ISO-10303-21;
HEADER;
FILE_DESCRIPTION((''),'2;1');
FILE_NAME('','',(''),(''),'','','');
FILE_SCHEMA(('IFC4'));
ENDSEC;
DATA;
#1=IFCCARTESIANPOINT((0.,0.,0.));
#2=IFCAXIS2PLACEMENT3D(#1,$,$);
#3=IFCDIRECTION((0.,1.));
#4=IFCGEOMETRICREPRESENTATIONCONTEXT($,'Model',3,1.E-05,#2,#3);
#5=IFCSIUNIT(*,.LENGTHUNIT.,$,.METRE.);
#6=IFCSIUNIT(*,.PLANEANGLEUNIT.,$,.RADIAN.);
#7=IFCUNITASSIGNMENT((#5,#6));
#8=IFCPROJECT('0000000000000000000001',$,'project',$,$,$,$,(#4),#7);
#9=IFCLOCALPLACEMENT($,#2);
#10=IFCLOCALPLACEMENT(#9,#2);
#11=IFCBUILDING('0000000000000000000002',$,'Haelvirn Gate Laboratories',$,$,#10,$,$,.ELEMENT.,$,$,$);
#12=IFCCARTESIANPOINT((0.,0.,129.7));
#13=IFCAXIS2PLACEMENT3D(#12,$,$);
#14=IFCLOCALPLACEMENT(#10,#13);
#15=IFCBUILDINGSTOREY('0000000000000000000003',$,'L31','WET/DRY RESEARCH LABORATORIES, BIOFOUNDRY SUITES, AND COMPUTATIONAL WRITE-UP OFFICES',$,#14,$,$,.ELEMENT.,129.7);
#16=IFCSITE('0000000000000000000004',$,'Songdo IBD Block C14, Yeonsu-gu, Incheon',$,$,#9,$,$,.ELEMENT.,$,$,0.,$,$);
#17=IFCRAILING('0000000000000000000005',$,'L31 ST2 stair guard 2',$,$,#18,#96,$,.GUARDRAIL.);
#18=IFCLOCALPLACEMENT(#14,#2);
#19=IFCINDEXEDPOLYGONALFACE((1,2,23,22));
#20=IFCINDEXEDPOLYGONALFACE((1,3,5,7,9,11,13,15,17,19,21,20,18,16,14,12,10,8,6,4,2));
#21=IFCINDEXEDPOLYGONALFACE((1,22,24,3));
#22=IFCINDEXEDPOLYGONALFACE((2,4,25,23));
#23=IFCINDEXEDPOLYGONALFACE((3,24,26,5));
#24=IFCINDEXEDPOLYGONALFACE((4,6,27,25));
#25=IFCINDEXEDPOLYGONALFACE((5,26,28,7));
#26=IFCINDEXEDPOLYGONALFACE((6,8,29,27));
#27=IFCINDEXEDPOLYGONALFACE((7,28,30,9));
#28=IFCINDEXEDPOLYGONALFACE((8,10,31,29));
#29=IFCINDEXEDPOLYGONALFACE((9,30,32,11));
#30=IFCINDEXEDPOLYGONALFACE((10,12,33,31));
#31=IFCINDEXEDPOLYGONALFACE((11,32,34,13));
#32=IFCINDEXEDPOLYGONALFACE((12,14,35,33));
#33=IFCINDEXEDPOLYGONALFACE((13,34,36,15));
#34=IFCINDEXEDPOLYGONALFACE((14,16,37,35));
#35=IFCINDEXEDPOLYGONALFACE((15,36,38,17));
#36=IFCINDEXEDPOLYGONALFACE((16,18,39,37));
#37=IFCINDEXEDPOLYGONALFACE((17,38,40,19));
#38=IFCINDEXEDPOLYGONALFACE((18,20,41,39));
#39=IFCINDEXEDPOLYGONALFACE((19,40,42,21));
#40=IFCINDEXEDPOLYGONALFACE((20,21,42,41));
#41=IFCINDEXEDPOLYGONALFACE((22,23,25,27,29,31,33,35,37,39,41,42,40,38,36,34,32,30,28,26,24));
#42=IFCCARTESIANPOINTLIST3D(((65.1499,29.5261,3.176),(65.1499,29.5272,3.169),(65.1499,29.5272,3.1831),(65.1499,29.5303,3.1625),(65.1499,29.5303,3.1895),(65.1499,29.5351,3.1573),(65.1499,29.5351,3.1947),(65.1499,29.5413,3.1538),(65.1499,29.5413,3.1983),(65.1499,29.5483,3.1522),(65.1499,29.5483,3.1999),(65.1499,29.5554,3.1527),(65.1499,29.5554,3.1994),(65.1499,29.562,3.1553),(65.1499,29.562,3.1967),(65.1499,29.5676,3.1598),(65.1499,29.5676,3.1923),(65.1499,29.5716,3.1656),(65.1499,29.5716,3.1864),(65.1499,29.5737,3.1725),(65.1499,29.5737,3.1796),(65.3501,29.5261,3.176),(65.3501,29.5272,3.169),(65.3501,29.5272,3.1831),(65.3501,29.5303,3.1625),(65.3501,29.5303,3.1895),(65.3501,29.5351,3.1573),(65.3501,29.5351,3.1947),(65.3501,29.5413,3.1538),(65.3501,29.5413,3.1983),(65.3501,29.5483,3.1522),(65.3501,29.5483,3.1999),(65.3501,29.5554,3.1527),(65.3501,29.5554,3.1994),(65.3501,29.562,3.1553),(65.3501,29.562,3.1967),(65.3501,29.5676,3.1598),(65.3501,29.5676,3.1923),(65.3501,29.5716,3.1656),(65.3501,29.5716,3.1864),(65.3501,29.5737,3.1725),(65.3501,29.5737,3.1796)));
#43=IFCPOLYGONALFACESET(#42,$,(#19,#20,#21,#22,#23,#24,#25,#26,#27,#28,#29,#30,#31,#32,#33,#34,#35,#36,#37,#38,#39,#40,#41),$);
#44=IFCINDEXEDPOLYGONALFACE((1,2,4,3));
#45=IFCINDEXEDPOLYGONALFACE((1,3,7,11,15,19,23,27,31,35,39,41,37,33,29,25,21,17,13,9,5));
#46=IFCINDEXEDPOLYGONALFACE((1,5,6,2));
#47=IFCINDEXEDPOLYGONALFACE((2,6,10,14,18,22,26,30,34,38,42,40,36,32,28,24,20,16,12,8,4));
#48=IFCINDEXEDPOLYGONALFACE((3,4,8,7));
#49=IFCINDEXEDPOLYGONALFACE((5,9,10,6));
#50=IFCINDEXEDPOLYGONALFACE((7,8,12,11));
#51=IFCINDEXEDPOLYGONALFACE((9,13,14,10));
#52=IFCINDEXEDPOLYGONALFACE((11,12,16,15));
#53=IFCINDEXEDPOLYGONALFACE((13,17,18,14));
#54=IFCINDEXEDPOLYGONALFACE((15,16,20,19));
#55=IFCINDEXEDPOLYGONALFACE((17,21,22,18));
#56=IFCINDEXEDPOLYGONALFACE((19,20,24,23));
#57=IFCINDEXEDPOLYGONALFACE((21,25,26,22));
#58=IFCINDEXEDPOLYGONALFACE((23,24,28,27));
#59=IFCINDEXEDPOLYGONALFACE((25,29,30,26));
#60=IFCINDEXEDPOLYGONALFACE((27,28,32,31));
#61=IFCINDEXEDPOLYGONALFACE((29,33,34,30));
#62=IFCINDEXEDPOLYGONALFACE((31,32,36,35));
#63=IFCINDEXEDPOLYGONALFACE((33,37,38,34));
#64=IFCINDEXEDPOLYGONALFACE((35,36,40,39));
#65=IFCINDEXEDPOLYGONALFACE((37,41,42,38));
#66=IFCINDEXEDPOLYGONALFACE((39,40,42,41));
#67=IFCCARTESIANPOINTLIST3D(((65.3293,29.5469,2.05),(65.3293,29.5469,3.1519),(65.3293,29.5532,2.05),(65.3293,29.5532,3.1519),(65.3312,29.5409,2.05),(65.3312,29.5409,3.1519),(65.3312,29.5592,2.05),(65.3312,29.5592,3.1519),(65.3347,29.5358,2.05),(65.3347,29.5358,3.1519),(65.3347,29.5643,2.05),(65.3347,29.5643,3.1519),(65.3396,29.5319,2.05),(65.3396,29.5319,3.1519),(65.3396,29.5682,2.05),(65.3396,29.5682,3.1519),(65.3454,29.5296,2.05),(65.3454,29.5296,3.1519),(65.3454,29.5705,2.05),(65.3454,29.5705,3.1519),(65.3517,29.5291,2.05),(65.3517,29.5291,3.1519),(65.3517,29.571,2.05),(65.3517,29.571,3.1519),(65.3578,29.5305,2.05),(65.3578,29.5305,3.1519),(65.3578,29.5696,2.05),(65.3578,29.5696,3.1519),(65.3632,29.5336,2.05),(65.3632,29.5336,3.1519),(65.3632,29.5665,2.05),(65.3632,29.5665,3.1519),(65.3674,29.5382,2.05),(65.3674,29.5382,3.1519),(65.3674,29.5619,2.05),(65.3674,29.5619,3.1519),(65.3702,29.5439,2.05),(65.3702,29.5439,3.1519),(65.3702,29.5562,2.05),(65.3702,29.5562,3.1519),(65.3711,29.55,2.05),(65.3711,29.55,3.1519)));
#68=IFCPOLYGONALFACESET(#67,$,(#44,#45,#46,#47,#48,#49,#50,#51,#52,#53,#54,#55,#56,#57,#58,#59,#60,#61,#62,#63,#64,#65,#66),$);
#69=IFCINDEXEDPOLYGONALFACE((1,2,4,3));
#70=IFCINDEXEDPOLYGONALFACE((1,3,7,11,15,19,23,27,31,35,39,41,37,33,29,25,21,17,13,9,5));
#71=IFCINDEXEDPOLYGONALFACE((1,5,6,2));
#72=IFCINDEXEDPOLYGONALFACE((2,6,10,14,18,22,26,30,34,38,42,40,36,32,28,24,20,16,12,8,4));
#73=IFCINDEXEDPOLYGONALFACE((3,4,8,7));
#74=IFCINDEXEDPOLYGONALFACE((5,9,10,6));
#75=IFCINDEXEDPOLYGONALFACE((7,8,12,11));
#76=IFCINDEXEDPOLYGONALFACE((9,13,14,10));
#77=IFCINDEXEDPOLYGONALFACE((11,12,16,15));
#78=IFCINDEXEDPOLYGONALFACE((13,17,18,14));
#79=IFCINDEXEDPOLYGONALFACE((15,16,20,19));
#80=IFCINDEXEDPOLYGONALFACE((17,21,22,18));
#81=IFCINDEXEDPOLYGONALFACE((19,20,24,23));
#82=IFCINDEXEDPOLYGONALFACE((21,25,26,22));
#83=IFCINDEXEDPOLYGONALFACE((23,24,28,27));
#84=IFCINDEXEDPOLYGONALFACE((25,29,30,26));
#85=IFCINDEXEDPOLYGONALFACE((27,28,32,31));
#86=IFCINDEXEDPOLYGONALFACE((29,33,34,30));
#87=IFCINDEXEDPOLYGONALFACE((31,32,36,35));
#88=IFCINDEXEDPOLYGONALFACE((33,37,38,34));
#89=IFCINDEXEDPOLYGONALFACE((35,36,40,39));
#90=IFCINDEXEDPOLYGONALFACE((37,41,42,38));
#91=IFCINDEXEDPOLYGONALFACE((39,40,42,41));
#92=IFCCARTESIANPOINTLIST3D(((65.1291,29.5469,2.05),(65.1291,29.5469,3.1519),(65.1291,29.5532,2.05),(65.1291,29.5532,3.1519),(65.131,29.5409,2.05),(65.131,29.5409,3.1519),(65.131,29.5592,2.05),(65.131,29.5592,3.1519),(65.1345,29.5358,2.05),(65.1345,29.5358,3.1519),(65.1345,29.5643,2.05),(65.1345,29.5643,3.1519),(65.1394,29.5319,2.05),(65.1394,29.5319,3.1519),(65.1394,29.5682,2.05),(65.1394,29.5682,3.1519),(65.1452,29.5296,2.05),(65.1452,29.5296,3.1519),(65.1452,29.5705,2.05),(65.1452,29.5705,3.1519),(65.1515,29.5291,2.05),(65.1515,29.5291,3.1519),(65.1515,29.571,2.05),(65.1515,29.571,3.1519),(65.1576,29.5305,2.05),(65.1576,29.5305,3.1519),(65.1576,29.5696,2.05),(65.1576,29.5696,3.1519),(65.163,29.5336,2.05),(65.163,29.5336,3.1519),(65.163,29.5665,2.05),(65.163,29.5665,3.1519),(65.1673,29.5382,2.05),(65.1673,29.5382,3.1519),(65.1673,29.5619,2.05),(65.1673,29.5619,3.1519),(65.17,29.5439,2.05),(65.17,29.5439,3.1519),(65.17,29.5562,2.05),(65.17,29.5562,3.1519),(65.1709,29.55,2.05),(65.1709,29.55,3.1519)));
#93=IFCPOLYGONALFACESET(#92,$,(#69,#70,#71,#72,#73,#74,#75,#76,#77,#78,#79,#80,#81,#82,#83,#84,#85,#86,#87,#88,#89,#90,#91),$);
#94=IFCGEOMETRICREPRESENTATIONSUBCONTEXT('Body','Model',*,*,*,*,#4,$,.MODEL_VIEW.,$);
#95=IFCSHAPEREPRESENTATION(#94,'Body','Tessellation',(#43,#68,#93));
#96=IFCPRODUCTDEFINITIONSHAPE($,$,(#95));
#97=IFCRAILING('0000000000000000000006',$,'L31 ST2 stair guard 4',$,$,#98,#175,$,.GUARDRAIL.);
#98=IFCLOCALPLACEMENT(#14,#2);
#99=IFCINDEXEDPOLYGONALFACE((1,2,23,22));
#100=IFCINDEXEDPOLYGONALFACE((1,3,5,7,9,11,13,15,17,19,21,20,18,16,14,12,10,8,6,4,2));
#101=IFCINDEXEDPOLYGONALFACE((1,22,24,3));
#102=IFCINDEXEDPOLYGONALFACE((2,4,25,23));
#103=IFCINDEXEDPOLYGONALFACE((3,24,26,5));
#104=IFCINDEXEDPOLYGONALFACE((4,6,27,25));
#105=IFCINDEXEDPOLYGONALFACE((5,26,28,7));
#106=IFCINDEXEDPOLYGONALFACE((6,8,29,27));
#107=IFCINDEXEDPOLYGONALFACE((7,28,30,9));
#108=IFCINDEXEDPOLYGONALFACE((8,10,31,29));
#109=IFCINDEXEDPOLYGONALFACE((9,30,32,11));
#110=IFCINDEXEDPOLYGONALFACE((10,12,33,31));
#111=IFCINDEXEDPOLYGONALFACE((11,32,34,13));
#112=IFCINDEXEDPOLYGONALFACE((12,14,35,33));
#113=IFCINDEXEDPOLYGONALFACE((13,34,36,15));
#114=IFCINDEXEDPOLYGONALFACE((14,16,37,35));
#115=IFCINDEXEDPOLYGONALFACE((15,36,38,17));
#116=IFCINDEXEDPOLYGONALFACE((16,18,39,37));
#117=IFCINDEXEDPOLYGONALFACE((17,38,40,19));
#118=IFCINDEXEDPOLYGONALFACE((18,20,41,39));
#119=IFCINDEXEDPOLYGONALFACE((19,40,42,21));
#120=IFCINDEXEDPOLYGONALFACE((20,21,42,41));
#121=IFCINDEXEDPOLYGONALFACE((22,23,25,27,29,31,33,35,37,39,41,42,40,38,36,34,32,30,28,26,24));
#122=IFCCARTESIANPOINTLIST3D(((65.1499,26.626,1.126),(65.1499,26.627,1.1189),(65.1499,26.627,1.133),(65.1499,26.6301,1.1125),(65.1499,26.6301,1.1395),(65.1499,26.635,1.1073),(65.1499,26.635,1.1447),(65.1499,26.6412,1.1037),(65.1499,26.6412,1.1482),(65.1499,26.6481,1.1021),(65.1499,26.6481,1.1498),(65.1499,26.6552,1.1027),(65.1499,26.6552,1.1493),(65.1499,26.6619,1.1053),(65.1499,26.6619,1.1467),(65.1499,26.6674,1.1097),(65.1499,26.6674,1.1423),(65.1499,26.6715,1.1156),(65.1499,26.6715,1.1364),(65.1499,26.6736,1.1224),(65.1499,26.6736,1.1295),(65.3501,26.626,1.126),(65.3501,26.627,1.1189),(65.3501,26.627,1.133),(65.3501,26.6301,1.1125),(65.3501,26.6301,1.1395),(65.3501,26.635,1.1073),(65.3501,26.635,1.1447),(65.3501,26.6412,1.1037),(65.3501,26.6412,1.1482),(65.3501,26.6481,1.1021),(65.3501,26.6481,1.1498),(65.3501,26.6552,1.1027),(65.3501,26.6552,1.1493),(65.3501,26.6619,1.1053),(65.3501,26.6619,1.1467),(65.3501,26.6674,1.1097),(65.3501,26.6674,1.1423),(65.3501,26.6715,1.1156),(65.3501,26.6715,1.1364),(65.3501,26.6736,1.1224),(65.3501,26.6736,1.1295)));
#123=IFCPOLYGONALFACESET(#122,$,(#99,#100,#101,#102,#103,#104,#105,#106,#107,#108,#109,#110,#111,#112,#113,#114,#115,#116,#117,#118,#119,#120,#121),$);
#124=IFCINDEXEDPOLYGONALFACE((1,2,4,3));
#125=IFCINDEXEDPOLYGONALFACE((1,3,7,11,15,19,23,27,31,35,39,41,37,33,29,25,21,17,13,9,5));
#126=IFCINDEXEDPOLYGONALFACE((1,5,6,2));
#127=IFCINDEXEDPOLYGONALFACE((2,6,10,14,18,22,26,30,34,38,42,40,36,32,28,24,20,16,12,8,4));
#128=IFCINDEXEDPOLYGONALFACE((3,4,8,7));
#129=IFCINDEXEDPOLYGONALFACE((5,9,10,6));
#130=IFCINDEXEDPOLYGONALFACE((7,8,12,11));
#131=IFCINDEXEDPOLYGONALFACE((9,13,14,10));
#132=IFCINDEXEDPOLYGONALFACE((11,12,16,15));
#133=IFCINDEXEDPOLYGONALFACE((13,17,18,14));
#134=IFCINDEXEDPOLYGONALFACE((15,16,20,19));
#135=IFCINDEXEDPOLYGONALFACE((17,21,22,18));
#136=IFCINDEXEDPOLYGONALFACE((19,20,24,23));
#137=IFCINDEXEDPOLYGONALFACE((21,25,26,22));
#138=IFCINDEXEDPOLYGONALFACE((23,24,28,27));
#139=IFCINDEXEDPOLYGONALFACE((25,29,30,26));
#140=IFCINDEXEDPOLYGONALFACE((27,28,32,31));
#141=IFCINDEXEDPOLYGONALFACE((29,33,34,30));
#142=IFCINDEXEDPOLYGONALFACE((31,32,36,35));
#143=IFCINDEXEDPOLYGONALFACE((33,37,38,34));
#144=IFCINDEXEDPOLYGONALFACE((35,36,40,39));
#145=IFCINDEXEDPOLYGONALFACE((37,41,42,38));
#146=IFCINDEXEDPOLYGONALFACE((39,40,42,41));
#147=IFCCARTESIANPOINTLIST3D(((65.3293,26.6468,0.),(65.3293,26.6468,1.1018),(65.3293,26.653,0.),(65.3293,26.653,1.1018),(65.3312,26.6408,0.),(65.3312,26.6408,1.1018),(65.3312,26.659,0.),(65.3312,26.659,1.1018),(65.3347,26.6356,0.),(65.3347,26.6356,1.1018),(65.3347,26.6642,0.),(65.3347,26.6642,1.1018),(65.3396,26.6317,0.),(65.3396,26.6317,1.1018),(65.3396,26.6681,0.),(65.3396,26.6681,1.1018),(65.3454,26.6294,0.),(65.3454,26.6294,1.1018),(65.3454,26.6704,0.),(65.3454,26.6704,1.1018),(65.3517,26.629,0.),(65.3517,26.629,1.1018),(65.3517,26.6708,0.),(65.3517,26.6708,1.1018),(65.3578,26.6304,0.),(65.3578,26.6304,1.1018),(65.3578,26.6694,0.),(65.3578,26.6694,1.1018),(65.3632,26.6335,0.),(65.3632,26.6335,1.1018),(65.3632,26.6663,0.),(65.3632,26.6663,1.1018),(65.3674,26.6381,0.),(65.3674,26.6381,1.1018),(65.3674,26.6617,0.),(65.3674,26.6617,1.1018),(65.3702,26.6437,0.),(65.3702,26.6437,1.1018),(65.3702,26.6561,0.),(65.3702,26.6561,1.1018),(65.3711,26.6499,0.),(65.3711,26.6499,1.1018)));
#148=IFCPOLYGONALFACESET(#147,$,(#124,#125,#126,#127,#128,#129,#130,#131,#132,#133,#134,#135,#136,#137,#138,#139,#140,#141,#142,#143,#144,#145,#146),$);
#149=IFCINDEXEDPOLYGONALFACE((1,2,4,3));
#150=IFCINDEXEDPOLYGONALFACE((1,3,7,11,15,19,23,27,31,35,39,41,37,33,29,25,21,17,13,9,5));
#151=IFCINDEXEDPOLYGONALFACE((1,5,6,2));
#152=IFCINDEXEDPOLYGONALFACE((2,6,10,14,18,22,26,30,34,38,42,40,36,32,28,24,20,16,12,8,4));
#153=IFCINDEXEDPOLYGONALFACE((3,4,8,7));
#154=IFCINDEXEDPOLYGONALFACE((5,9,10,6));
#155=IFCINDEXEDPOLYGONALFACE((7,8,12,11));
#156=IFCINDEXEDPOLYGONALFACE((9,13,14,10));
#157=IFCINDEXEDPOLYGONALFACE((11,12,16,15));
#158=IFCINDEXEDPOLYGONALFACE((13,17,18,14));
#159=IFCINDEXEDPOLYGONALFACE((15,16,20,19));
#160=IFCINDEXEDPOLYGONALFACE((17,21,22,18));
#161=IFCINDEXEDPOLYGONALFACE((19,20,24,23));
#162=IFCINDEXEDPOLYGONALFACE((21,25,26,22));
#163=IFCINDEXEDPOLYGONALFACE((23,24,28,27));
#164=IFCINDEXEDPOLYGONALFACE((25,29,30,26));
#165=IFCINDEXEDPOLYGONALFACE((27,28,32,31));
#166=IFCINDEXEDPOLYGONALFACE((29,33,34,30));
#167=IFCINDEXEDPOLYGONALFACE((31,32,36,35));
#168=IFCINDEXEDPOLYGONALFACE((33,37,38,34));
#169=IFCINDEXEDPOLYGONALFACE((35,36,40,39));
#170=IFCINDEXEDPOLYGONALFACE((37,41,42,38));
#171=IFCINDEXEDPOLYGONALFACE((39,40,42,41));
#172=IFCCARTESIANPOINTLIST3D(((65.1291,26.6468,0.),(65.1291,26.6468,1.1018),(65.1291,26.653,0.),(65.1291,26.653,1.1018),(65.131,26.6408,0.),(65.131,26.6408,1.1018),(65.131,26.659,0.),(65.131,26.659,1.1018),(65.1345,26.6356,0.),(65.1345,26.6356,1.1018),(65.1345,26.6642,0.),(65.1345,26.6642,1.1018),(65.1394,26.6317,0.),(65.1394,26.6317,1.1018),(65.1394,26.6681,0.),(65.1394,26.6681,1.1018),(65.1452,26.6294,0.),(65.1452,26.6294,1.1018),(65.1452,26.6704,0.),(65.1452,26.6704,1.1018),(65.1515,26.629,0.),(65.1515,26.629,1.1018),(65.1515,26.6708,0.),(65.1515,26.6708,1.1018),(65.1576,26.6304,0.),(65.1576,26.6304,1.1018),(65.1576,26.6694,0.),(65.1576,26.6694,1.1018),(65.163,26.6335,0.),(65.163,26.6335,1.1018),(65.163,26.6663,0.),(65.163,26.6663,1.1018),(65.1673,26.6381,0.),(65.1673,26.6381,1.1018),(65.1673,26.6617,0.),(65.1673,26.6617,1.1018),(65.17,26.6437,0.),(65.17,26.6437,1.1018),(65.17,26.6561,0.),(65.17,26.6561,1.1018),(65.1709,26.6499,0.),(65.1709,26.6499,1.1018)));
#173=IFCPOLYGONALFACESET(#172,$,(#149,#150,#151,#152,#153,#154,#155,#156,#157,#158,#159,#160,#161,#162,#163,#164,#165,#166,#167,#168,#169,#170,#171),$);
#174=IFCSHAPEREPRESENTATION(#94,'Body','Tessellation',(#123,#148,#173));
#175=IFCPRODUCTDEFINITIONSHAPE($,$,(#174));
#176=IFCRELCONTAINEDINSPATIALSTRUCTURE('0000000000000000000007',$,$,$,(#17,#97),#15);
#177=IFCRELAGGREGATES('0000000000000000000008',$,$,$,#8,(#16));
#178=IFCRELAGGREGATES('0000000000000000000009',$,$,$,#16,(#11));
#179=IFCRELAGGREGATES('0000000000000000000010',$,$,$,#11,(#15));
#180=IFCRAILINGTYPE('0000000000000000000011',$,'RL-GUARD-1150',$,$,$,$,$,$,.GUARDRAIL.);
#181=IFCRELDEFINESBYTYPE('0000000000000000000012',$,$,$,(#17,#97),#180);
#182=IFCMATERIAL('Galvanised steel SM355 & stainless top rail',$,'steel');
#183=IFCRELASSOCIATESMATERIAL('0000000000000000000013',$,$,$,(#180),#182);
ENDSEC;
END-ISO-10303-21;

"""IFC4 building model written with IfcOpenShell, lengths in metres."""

from ifc_helpers import new_model, si_unit, direction, frame, origin, origin_2d, place, context, subcontext, project, spatial, circle, extrude, source, transform, mapped, material, type_object, element, save


model = new_model("IFC4")

# Units and contexts
model_context = context("Model", 3, precision=1e-05, world=origin(), true_north=direction((0.0, 1.0)))
body_context = subcontext(model_context, "Body", "Model", "MODEL_VIEW")
ifc_project = project(units=[si_unit("LENGTHUNIT", "METRE"), si_unit("PLANEANGLEUNIT", "RADIAN")], contexts=[model_context])

# Site, building, storey
site_placement = place(None, origin())
site = spatial("IfcSite", under=ifc_project, at=site_placement, Name="Songdo IBD Block C14, Yeonsu-gu, Incheon", CompositionType="ELEMENT", RefElevation=0.0)
building_placement = place(site_placement, origin())
building = spatial("IfcBuilding", under=site, at=building_placement, Name="Haelvirn Gate Laboratories", CompositionType="ELEMENT")
storey_placement = place(building_placement, frame((0.0, 0.0, 129.7)))
storey = spatial("IfcBuildingStorey", under=building, at=storey_placement, Name="L31", Description="WET/DRY RESEARCH LABORATORIES, BIOFOUNDRY SUITES, AND COMPUTATIONAL WRITE-UP OFFICES", CompositionType="ELEMENT", Elevation=129.7)

# Railings
ifc_material_1 = material(Name="Galvanised steel SM355 & stainless top rail", Category="steel")
railing_type_1 = type_object("IfcRailingType", Name="RL-GUARD-1150", PredefinedType="GUARDRAIL", material=ifc_material_1)
shared_shape_1 = source(origin(), body_context, "Body", "SweptSolid", [
    extrude(circle(Radius=0.0239, at=origin_2d()), frame((0.0, 0.0, 1.126), z_axis=(-1.0, 0.0, 0.0), x_axis=(0.0, -1.0, 0.0)), (0.0, 0.0, 1.0), 0.2002),
    extrude(circle(Radius=0.021, at=origin_2d()), origin(), (0.0, 0.0, 1.0), 1.1018),
    extrude(circle(Radius=0.021, at=origin_2d()), frame((-0.2002, 0.0, 0.0)), (0.0, 0.0, 1.0), 1.1018),
])
for number, where, name in (
    (1, (65.3501, 29.55, 2.05), "L31 ST2 stair guard 2"),
    (2, (65.3501, 26.6499, 0.0), "L31 ST2 stair guard 4"),
):
    element("IfcRailing", number, at=place(storey_placement, frame(where)), inside=storey, type_object=railing_type_1, Name=name, PredefinedType="GUARDRAIL", context=body_context, shape_type="MappedRepresentation", body=[
        mapped(shared_shape_1, transform((0.0, 0.0, 0.0), scale=1.0)),
    ])

save(model, "model.ifc")
